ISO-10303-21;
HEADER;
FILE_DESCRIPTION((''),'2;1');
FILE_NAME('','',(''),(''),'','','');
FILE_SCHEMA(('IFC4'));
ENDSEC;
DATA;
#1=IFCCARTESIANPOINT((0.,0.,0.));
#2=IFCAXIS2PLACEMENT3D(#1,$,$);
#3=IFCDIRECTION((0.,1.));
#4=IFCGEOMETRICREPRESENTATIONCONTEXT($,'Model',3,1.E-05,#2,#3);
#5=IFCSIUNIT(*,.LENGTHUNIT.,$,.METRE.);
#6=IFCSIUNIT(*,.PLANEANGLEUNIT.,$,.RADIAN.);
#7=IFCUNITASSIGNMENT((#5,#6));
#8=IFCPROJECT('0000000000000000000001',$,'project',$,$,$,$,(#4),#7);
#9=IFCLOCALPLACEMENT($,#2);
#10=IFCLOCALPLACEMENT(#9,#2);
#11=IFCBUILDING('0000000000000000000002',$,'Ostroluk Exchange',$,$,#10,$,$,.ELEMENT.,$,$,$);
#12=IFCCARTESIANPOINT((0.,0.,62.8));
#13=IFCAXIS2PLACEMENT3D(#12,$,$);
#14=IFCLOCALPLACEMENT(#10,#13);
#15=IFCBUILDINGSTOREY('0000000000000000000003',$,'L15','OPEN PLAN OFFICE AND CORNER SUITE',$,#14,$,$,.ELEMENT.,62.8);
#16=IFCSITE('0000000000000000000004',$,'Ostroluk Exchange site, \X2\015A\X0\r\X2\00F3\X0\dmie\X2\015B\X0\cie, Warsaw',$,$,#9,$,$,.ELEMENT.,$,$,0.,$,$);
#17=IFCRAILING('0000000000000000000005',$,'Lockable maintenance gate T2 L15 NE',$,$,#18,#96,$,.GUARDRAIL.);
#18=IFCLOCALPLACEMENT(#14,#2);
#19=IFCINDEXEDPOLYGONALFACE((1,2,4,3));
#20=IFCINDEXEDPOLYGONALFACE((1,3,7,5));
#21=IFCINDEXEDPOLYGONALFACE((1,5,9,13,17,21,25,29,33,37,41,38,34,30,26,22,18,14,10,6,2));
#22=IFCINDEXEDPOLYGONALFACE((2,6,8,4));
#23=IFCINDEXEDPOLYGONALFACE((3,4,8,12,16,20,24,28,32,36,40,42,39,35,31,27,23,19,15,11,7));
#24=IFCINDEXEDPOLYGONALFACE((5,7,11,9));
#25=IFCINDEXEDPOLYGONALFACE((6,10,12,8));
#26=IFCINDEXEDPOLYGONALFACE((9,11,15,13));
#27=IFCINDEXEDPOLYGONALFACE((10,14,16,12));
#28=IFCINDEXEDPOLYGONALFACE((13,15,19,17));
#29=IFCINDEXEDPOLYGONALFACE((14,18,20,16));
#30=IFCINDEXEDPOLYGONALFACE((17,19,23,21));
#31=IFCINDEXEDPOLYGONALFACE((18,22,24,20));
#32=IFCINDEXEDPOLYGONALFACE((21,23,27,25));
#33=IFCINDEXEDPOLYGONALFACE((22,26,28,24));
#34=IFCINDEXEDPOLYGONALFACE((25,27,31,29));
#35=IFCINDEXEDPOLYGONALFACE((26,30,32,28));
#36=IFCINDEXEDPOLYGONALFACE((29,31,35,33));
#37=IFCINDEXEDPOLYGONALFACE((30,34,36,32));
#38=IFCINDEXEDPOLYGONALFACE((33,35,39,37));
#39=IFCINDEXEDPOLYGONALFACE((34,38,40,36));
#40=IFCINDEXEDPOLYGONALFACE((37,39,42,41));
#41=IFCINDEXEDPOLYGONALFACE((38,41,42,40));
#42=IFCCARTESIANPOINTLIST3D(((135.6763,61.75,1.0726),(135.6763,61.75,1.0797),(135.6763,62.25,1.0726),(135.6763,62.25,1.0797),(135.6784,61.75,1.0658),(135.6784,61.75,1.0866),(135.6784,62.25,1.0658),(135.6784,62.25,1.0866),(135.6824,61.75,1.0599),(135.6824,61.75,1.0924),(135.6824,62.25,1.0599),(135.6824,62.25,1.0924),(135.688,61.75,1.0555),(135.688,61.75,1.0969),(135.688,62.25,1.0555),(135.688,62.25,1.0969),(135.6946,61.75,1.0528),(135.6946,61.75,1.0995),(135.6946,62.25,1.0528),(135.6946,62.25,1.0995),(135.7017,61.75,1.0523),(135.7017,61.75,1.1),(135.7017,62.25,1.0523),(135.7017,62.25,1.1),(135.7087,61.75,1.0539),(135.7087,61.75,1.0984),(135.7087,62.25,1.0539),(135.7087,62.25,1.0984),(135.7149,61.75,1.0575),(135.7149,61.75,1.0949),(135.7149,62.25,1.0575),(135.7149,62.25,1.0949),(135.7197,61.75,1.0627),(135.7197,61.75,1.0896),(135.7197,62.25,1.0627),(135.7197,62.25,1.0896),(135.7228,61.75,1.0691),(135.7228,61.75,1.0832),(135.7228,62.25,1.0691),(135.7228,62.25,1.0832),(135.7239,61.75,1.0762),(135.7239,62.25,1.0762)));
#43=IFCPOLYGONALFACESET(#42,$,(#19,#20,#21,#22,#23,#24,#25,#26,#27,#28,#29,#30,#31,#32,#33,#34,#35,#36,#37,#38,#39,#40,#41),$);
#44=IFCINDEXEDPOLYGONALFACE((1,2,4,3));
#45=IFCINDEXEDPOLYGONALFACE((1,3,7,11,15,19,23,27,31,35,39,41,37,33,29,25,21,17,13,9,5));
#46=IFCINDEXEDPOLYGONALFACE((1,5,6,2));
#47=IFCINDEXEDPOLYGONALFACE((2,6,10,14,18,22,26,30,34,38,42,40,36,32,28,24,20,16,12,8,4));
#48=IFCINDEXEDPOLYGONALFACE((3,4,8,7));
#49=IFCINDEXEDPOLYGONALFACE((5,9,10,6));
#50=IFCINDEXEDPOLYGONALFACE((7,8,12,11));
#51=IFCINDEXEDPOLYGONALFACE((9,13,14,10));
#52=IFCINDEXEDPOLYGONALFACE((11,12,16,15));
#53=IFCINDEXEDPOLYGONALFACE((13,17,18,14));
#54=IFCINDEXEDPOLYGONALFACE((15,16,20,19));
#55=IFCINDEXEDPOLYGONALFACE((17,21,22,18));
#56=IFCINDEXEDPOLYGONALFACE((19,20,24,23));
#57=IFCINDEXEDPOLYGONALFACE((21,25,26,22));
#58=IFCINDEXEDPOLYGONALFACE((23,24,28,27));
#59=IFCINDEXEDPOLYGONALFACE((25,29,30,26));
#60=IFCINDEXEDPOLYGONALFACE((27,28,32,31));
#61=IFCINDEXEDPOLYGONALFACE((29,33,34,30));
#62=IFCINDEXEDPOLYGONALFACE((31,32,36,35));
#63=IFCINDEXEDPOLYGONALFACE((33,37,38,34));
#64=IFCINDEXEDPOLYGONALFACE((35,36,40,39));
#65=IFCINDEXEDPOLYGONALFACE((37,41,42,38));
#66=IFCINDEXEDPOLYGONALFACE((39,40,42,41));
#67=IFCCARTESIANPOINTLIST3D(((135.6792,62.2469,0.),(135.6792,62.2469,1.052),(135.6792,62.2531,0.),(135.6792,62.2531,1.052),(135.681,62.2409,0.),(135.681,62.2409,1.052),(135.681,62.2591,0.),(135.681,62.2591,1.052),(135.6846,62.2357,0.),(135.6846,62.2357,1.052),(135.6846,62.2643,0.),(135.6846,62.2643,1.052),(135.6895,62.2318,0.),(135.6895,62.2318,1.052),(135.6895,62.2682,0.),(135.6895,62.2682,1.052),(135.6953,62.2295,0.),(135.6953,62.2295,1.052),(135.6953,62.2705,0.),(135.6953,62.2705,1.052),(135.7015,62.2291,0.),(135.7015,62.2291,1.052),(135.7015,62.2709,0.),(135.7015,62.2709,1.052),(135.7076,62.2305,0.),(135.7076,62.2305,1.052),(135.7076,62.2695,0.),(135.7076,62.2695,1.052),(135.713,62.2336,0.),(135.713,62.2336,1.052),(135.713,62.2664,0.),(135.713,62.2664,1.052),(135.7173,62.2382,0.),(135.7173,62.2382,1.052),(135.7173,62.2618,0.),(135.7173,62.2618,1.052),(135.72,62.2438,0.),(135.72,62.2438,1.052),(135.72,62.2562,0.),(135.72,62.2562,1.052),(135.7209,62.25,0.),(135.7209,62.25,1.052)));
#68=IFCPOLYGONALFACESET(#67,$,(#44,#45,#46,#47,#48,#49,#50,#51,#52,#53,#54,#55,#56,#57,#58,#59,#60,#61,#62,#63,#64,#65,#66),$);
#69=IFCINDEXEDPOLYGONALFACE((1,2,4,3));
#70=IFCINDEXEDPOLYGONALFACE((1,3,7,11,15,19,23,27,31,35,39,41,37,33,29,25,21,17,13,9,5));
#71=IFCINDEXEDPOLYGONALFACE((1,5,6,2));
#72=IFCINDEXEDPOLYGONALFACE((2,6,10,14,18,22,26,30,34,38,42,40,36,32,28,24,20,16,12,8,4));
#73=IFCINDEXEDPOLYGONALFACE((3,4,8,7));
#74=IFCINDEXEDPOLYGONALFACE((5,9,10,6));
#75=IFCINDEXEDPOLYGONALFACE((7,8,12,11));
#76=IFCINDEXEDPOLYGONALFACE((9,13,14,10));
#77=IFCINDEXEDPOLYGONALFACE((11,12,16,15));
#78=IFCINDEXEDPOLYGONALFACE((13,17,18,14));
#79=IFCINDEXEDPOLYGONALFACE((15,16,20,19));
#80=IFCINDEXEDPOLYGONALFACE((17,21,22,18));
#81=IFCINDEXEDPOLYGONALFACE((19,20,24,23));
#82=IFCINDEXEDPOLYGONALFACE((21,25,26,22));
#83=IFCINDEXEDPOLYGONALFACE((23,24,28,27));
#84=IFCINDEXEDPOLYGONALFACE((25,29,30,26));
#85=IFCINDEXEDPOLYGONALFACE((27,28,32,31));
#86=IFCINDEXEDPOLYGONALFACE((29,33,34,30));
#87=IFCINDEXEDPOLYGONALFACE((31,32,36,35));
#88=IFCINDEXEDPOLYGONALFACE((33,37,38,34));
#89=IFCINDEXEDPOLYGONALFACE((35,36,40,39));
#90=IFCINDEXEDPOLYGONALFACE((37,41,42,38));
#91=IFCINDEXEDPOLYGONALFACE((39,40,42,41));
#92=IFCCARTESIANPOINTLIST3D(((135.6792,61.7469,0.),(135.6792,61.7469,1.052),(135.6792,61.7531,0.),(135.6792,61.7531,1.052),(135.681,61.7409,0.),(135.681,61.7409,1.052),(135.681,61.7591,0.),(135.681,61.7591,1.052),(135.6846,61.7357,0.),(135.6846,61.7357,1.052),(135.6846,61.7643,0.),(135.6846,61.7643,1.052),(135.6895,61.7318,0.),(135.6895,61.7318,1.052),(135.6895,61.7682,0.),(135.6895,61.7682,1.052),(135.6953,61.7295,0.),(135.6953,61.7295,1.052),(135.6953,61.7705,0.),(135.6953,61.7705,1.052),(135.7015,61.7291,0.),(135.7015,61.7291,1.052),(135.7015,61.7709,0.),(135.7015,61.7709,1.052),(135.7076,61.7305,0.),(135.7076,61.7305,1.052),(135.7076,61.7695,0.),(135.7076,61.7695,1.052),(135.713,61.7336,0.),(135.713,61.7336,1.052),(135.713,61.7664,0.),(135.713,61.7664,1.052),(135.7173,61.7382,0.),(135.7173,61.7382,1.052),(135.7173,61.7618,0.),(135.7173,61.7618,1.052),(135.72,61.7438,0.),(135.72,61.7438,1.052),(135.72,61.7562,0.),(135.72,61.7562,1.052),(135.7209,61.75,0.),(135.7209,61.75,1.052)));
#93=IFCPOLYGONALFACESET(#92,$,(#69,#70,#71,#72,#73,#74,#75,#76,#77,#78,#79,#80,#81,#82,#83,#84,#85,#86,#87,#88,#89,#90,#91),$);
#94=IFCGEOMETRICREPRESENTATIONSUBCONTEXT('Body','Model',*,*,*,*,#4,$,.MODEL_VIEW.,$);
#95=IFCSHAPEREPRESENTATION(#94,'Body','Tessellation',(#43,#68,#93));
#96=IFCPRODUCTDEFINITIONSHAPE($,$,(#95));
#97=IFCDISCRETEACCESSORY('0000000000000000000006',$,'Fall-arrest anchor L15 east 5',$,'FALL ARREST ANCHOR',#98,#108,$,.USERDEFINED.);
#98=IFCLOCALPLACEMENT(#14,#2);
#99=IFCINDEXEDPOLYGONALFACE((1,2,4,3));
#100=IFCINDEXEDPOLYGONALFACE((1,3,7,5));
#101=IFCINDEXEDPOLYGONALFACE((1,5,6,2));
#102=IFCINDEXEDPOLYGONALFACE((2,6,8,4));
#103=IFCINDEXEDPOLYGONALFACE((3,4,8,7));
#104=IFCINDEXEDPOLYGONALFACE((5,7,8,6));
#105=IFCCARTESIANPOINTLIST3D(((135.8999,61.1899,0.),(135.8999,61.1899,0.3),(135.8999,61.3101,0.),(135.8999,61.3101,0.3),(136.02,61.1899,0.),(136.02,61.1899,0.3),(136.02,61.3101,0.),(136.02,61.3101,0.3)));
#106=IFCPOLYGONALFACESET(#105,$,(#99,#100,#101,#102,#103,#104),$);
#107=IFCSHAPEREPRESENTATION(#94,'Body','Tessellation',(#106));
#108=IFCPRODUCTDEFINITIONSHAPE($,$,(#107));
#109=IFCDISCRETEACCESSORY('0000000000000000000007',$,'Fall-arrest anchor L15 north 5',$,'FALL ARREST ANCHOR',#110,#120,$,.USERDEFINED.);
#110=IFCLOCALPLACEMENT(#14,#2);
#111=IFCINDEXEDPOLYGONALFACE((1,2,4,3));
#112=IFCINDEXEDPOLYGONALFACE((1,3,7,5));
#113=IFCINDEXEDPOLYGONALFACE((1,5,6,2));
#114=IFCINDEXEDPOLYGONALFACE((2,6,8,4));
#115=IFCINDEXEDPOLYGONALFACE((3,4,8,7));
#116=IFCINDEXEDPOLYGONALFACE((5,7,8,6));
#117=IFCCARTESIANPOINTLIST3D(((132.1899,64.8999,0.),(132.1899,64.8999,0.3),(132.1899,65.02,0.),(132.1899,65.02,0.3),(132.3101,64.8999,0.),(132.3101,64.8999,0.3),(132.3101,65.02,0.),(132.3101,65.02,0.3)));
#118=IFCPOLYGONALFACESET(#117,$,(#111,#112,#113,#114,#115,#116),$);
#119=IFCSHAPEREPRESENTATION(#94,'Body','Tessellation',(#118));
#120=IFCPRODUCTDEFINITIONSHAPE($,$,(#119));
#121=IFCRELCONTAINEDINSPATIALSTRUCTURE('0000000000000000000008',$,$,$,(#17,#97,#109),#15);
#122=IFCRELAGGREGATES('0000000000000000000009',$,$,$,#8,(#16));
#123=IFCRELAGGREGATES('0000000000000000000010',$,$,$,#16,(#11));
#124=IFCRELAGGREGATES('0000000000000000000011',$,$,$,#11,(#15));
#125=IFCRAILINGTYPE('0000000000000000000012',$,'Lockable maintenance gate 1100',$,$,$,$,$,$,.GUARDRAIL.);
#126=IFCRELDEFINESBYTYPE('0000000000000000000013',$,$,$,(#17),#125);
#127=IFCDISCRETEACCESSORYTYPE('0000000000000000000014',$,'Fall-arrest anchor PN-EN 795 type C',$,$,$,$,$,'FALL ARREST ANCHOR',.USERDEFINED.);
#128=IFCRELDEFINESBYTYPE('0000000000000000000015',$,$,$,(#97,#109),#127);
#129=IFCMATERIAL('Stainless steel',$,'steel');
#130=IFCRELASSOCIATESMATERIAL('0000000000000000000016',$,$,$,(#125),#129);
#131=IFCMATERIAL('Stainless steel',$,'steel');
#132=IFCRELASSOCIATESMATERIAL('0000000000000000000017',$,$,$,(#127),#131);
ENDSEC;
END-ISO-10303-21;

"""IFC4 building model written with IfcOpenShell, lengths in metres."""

from ifc_helpers import new_model, si_unit, direction, frame, origin, origin_2d, place, context, subcontext, project, spatial, rectangle, circle, extrude, material, type_object, element, save


model = new_model("IFC4")

# Units and contexts
model_context = context("Model", 3, precision=1e-05, world=origin(), true_north=direction((0.0, 1.0)))
body_context = subcontext(model_context, "Body", "Model", "MODEL_VIEW")
ifc_project = project(units=[si_unit("LENGTHUNIT", "METRE"), si_unit("PLANEANGLEUNIT", "RADIAN")], contexts=[model_context])

# Site, building, storey
site_placement = place(None, origin())
site = spatial("IfcSite", under=ifc_project, at=site_placement, Name="Ostroluk Exchange site, Śródmieście, Warsaw", CompositionType="ELEMENT", RefElevation=0.0)
building_placement = place(site_placement, origin())
building = spatial("IfcBuilding", under=site, at=building_placement, Name="Ostroluk Exchange", CompositionType="ELEMENT")
storey_placement = place(building_placement, frame((0.0, 0.0, 62.8)))
storey = spatial("IfcBuildingStorey", under=building, at=storey_placement, Name="L15", Description="OPEN PLAN OFFICE AND CORNER SUITE", CompositionType="ELEMENT", Elevation=62.8)

# Railing
ifc_material_1 = material(Name="Stainless steel", Category="steel")
railing_type_1 = type_object("IfcRailingType", Name="Lockable maintenance gate 1100", PredefinedType="GUARDRAIL", material=ifc_material_1)
railing_1_placement = place(storey_placement, frame((135.7, 62.25, 0.0)))
element("IfcRailing", 1, at=railing_1_placement, inside=storey, type_object=railing_type_1, Name="Lockable maintenance gate T2 L15 NE", PredefinedType="GUARDRAIL", context=body_context, shape_type="SweptSolid", body=[
    extrude(circle(Radius=0.0239, at=origin_2d()), frame((0.0, 0.0, 1.0762), z_axis=(0.0, -1.0, 0.0), x_axis=(1.0, 0.0, 0.0)), (0.0, 0.0, 1.0), 0.5),
    extrude(circle(Radius=0.021, at=origin_2d()), origin(), (0.0, 0.0, 1.0), 1.052),
    extrude(circle(Radius=0.021, at=origin_2d()), frame((0.0, -0.5, 0.0)), (0.0, 0.0, 1.0), 1.052),
])

# Discrete accessories
ifc_material_2 = material(Name="Stainless steel", Category="steel")
discrete_accessory_type = type_object("IfcDiscreteAccessoryType", Name="Fall-arrest anchor PN-EN 795 type C", ElementType="FALL ARREST ANCHOR", PredefinedType="USERDEFINED", material=ifc_material_2)
for number, where, z_axis, x_axis, name in (
    (2, (135.96, 61.25, 0.0), (0.0, 0.0, 1.0), (1.0, 0.0, 0.0), "Fall-arrest anchor L15 east 5"),
    (3, (132.25, 64.96, 0.0), (0.0, 0.0, 1.0), (1.0, 0.0, 0.0), "Fall-arrest anchor L15 north 5"),
):
    element("IfcDiscreteAccessory", number, at=place(storey_placement, frame(where, z_axis=z_axis, x_axis=x_axis)), inside=storey, type_object=discrete_accessory_type, Name=name, ObjectType="FALL ARREST ANCHOR", PredefinedType="USERDEFINED", context=body_context, shape_type="SweptSolid", body=[
        extrude(rectangle(XDim=0.1201, YDim=0.1201, at=origin_2d()), origin(), (0.0, 0.0, 1.0), 0.3),
    ])

save(model, "model.ifc")
